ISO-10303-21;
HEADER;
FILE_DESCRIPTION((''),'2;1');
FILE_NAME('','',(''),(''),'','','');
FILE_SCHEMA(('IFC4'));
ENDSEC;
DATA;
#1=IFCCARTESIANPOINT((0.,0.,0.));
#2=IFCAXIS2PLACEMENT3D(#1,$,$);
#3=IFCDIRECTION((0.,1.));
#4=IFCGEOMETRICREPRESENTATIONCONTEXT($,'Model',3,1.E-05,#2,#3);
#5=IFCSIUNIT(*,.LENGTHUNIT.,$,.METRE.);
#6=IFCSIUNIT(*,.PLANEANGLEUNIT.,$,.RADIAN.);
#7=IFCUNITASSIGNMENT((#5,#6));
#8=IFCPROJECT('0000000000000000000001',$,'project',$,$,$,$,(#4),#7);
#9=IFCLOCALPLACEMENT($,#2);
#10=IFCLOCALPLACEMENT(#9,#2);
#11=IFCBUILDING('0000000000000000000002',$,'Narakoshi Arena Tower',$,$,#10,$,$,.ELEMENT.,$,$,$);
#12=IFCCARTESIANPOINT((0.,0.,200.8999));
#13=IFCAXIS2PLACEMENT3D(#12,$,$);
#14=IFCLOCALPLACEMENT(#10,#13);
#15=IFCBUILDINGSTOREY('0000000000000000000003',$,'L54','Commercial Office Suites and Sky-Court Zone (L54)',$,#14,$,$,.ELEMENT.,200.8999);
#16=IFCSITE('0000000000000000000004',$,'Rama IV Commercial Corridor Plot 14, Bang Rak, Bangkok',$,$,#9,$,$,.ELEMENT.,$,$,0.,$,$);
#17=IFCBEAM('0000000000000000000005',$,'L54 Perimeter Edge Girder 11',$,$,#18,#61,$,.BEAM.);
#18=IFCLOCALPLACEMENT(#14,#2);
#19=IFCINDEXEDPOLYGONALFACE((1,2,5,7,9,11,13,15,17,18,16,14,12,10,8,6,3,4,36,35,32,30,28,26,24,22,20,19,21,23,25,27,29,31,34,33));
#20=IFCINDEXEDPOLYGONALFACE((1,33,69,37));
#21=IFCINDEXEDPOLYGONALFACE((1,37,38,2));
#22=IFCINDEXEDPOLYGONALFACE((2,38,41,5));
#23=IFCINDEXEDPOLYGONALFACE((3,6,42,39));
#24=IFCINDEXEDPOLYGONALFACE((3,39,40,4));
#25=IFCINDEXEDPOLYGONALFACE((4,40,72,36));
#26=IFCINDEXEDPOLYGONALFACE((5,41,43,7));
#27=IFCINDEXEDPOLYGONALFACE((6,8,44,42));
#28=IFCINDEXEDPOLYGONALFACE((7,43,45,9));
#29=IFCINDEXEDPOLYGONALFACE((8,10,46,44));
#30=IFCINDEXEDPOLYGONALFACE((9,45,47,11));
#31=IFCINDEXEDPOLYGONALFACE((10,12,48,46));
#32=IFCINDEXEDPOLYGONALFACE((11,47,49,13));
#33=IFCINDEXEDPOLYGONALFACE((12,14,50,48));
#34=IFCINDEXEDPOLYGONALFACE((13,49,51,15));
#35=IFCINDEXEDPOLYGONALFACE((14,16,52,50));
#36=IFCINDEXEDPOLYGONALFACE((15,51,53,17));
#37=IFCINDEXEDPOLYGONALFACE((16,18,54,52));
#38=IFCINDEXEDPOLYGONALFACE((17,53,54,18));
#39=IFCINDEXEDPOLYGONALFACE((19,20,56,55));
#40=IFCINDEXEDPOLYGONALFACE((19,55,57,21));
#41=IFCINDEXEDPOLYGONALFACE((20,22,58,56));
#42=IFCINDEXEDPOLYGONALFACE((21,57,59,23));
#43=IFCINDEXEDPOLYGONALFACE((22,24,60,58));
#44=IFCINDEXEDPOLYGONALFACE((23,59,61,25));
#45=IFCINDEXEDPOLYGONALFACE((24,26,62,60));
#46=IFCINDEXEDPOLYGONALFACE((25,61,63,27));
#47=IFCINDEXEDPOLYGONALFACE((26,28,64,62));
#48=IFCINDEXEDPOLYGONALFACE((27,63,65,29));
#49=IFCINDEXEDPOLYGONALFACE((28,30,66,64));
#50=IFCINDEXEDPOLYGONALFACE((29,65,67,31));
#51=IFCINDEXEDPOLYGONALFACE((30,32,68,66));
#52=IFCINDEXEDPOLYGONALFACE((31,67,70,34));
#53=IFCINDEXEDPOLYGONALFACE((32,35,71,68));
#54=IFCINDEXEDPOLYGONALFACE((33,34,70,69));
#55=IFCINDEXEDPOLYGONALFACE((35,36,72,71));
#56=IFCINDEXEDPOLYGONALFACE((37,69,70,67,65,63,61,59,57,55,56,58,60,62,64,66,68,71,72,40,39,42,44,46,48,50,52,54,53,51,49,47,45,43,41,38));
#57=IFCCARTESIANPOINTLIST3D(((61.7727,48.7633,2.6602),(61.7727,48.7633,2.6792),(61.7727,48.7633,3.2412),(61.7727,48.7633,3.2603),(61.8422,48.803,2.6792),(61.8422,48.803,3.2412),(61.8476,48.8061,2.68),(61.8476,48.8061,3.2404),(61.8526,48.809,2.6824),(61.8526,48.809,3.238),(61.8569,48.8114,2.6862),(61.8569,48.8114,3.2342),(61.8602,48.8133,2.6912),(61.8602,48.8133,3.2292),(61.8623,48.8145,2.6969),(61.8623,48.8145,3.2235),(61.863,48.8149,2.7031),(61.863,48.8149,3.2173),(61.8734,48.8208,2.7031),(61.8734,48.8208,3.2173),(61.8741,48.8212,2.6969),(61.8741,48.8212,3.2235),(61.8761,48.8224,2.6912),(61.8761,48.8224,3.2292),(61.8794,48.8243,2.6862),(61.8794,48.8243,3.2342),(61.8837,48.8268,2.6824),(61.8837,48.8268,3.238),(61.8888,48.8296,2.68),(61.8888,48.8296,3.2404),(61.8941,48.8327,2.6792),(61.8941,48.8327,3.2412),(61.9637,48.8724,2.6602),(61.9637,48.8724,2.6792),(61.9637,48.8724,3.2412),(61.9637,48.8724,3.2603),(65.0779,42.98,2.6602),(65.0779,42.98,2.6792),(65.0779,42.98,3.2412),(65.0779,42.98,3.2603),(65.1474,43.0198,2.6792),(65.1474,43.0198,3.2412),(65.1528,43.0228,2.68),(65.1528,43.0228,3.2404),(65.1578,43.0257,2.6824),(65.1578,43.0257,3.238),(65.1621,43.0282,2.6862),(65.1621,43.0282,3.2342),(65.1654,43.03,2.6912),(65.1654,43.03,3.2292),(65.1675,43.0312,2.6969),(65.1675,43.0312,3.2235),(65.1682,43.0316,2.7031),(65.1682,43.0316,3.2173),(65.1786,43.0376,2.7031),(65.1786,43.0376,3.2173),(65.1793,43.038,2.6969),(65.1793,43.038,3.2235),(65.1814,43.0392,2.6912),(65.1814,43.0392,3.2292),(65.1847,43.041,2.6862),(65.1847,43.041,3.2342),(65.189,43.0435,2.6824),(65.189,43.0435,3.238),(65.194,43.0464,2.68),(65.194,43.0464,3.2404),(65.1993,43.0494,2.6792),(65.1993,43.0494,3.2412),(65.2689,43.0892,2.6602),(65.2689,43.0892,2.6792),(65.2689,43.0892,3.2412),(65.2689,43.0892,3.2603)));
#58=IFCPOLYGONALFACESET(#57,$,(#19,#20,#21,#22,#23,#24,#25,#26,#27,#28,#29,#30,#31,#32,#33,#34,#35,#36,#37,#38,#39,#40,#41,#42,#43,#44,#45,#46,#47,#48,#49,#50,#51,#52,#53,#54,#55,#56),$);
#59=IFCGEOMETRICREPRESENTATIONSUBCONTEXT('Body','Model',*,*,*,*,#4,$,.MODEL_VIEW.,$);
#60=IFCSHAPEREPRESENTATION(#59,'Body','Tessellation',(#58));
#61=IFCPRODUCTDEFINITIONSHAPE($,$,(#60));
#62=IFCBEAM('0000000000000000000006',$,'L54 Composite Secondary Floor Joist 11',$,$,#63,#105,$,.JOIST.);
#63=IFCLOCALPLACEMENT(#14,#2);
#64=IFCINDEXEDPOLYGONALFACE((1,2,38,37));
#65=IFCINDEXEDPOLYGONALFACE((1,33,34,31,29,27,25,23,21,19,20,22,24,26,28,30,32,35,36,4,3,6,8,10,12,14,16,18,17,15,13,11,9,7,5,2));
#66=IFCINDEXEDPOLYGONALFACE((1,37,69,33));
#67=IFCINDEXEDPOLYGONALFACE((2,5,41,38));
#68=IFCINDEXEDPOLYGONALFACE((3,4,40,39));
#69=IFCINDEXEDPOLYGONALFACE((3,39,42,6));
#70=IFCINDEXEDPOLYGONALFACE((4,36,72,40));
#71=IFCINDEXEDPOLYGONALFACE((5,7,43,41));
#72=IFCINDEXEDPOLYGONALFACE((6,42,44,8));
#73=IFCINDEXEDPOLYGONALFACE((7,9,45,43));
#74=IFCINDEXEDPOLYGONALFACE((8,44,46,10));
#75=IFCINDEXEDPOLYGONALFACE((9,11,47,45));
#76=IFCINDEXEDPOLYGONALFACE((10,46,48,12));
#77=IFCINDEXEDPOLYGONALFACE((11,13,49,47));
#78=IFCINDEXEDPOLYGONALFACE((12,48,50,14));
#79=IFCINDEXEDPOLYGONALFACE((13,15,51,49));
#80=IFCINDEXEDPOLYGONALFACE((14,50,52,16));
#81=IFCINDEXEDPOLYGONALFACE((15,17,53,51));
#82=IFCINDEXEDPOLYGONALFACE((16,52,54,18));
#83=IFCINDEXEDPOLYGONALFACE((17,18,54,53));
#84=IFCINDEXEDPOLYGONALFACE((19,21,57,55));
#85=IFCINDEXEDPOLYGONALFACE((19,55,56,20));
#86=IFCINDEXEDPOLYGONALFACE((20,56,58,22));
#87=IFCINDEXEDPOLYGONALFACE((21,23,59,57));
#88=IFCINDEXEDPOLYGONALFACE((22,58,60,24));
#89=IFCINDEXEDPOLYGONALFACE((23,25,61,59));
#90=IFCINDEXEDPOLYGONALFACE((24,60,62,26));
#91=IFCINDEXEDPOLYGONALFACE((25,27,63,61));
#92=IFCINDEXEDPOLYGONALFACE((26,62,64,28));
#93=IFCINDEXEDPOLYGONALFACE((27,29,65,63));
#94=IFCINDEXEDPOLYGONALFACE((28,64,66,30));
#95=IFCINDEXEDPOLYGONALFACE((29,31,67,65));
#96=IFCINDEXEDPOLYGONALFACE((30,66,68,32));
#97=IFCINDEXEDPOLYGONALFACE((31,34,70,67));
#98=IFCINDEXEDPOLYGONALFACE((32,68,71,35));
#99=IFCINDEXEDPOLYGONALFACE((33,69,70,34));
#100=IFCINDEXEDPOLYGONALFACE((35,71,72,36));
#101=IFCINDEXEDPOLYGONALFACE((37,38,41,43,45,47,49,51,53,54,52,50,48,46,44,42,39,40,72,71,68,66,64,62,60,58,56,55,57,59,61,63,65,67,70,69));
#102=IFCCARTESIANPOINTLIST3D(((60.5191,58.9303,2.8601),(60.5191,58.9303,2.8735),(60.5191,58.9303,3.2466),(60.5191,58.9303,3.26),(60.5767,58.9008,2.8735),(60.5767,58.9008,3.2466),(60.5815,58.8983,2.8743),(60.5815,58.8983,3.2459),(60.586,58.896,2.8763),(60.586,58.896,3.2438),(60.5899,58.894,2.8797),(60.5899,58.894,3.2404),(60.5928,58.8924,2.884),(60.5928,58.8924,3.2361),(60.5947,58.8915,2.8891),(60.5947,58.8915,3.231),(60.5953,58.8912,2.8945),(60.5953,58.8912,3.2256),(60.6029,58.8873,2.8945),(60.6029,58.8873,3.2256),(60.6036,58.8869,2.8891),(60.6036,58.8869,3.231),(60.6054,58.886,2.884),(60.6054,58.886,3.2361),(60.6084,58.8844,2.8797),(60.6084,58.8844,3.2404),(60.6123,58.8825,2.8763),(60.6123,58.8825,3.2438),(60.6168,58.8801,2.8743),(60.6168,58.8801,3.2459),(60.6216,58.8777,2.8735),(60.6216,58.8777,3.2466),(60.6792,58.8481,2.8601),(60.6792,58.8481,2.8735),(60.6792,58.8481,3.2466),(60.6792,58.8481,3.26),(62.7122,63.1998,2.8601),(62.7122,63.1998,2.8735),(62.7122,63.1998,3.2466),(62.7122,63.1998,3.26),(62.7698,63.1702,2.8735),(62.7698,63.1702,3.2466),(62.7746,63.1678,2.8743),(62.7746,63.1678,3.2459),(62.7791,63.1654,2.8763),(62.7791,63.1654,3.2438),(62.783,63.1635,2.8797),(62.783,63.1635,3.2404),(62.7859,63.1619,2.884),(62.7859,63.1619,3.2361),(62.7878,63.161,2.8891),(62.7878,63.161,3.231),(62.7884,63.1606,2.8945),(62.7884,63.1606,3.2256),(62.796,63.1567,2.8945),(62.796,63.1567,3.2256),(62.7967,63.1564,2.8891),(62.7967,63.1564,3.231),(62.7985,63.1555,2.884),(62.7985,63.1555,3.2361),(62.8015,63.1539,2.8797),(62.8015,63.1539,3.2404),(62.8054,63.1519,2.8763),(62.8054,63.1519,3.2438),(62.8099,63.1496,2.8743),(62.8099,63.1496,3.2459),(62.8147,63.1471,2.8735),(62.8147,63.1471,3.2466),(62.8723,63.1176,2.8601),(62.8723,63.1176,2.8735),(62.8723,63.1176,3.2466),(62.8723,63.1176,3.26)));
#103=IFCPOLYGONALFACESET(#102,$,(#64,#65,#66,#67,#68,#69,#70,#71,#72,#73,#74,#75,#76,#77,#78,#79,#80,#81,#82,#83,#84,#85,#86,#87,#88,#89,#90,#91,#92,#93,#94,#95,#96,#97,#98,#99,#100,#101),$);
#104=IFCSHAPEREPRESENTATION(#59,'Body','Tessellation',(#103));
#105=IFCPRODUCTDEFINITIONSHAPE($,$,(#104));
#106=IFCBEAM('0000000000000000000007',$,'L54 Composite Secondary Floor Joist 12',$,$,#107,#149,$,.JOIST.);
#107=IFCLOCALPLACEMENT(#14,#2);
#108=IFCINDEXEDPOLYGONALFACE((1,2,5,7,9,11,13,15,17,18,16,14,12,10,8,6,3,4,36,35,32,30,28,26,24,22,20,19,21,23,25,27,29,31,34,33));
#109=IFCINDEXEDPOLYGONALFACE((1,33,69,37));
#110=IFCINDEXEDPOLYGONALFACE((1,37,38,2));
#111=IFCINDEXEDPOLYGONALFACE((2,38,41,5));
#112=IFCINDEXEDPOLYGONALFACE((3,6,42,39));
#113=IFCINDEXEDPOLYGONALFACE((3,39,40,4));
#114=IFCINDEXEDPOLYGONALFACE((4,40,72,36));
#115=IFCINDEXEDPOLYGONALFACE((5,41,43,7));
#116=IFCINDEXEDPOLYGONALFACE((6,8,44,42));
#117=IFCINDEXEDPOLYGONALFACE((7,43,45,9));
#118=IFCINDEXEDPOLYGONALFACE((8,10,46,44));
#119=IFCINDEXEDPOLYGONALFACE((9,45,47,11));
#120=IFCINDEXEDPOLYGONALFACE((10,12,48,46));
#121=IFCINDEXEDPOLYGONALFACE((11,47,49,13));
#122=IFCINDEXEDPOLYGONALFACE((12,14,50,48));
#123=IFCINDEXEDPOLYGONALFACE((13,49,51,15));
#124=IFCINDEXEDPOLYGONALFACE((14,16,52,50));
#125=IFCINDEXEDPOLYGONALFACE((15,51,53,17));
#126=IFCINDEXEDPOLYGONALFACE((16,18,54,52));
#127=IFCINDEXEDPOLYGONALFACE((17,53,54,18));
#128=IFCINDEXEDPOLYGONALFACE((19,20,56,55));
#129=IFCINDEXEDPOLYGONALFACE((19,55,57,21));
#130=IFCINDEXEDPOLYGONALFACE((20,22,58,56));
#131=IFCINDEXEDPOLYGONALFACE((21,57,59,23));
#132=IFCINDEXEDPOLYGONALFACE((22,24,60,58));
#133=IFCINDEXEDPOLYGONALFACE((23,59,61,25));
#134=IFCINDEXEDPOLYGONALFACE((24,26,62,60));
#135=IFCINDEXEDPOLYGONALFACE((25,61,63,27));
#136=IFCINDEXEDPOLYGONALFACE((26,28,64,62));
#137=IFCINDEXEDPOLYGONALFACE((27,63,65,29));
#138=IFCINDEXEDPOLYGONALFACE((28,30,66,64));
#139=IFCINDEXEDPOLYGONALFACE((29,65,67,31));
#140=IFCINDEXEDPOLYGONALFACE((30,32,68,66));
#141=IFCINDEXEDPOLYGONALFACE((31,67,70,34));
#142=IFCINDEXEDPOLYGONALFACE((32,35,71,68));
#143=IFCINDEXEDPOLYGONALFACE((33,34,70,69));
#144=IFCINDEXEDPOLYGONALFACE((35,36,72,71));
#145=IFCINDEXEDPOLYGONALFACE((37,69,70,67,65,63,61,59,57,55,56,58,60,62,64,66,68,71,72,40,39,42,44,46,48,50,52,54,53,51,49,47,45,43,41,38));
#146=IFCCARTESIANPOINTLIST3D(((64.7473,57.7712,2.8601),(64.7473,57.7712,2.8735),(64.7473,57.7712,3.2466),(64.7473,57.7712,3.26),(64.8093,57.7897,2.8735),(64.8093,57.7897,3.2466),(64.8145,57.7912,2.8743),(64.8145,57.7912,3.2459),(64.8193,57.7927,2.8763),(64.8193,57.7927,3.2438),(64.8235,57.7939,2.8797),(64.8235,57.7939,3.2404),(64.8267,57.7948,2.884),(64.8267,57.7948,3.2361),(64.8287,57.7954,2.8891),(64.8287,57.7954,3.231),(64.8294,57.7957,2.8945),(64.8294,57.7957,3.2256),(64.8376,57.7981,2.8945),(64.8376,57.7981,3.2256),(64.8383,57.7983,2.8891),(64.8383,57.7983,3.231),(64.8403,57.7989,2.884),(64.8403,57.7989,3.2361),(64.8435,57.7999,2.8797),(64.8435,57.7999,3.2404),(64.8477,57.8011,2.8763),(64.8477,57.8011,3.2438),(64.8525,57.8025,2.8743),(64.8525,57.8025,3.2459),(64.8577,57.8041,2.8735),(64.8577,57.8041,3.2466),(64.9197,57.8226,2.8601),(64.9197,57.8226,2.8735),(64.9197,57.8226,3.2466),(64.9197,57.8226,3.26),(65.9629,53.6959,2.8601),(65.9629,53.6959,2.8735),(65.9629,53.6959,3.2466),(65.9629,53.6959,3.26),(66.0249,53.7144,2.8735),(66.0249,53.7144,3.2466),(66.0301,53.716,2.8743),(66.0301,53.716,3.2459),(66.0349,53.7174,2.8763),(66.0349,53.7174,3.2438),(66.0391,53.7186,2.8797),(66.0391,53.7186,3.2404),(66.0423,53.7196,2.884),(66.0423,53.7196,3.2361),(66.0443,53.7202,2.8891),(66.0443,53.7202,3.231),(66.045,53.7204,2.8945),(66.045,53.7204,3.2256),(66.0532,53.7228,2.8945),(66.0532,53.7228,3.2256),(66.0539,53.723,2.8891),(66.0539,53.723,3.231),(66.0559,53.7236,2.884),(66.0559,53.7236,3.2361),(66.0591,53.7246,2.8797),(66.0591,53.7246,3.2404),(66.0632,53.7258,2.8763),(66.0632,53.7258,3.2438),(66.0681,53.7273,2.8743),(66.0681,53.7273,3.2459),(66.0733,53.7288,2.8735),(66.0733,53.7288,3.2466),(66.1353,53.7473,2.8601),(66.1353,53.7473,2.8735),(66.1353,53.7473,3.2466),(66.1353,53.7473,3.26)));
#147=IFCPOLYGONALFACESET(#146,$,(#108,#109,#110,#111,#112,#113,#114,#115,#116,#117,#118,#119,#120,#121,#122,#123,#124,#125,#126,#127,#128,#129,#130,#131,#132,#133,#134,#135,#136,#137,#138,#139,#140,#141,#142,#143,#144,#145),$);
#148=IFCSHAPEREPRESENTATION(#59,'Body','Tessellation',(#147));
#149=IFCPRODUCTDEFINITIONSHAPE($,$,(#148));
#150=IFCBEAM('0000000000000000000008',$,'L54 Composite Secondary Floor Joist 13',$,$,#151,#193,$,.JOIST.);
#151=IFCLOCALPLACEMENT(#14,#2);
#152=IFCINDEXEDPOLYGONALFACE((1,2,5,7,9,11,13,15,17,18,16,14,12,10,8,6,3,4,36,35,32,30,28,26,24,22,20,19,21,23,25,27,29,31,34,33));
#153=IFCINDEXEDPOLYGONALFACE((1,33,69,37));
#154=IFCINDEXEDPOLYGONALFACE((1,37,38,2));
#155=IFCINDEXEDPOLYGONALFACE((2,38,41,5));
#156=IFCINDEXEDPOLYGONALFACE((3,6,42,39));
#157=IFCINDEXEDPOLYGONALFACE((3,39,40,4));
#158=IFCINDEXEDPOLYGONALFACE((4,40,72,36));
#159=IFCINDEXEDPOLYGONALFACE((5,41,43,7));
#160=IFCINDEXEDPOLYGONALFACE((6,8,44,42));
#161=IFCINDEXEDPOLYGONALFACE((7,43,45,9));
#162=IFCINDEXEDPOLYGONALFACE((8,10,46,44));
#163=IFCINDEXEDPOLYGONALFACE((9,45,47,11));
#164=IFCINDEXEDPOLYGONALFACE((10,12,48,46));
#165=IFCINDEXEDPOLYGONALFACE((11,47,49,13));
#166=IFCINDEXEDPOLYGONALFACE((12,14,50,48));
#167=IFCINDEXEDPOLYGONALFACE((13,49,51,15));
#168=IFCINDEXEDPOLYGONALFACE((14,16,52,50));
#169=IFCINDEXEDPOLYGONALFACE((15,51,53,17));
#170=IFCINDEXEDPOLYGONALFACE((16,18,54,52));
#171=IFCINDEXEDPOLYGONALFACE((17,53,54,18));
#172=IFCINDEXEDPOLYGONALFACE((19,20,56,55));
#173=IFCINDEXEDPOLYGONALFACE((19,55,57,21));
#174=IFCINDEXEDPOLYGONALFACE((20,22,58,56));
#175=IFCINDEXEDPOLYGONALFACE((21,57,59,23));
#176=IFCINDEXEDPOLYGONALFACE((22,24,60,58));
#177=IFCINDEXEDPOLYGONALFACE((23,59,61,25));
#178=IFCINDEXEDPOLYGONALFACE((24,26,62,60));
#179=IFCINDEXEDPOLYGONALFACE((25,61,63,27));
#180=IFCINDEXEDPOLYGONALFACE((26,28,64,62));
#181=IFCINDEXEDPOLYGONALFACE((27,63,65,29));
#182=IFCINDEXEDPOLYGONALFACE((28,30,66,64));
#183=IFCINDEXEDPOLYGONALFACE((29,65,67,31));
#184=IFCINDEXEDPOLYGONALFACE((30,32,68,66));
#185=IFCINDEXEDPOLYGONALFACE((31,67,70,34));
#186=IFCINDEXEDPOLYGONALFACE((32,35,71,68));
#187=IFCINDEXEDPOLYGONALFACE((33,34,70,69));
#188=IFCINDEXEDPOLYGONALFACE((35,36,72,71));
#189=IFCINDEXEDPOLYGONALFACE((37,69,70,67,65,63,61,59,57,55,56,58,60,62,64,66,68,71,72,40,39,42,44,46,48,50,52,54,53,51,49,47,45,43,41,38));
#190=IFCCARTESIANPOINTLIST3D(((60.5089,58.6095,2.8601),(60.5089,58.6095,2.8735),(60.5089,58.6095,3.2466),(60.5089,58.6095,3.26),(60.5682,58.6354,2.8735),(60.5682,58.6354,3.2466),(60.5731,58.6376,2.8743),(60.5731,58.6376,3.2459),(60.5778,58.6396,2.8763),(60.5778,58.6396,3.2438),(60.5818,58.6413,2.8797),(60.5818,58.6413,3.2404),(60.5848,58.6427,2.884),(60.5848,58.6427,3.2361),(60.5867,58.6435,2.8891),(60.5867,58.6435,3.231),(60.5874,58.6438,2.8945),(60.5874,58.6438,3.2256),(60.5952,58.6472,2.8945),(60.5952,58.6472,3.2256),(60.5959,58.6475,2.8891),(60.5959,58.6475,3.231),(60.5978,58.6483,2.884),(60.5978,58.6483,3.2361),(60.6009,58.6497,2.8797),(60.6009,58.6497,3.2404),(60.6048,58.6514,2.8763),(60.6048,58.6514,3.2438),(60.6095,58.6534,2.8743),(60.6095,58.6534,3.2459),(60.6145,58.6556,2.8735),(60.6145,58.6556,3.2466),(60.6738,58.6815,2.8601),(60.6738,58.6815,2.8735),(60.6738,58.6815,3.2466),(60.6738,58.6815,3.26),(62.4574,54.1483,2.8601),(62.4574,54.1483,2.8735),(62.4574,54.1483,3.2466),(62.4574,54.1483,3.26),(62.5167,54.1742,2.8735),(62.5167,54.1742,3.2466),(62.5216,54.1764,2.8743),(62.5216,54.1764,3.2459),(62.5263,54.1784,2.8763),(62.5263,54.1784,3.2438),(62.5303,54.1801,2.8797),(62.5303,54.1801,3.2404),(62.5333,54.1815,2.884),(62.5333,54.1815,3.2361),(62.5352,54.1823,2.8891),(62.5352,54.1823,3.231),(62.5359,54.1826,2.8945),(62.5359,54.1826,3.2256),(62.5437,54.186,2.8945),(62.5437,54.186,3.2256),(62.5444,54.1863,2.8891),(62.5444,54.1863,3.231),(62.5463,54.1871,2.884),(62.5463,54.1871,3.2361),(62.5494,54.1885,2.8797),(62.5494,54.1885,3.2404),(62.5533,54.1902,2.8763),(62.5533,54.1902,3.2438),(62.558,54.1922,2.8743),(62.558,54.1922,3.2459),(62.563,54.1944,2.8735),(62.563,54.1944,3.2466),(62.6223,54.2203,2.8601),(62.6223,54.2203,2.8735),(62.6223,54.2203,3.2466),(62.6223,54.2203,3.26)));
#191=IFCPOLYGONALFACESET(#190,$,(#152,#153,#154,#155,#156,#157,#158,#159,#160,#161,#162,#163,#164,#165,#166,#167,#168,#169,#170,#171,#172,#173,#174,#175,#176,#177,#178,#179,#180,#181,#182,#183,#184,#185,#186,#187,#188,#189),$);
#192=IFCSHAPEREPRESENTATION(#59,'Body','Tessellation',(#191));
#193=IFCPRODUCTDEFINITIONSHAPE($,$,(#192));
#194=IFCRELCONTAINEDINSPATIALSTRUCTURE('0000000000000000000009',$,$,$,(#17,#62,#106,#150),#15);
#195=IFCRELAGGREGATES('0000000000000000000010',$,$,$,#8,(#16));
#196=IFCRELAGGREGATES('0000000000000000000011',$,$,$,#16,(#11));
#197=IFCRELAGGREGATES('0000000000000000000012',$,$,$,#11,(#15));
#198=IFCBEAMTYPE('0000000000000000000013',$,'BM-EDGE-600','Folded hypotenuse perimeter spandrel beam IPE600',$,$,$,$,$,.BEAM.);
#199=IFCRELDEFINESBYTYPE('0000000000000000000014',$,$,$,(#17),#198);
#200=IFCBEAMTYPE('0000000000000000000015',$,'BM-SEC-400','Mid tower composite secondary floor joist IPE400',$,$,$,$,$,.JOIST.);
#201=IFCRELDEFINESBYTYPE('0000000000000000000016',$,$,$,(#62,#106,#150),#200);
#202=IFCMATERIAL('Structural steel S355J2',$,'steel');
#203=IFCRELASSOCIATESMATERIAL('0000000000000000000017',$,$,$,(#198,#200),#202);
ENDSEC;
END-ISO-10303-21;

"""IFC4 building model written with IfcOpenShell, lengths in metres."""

from ifc_helpers import new_model, si_unit, direction, frame, origin, origin_2d, place, context, subcontext, project, spatial, i_section, extrude, material, material_profile, profile_set, type_object, element, save


model = new_model("IFC4")

# Units and contexts
model_context = context("Model", 3, precision=1e-05, world=origin(), true_north=direction((0.0, 1.0)))
body_context = subcontext(model_context, "Body", "Model", "MODEL_VIEW")
ifc_project = project(units=[si_unit("LENGTHUNIT", "METRE"), si_unit("PLANEANGLEUNIT", "RADIAN")], contexts=[model_context])

# Site, building, storey
site_placement = place(None, origin())
site = spatial("IfcSite", under=ifc_project, at=site_placement, Name="Rama IV Commercial Corridor Plot 14, Bang Rak, Bangkok", CompositionType="ELEMENT", RefElevation=0.0)
building_placement = place(site_placement, origin())
building = spatial("IfcBuilding", under=site, at=building_placement, Name="Narakoshi Arena Tower", CompositionType="ELEMENT")
storey_placement = place(building_placement, frame((0.0, 0.0, 200.8999)))
storey = spatial("IfcBuildingStorey", under=building, at=storey_placement, Name="L54", Description="Commercial Office Suites and Sky-Court Zone (L54)", CompositionType="ELEMENT", Elevation=200.8999)

# Beams
ifc_material_1 = material(Name="Structural steel S355J2", Category="steel")
ifc_material_profile_1 = material_profile(ifc_material_1, i_section(OverallWidth=0.22, OverallDepth=0.6001, WebThickness=0.012, FlangeThickness=0.019, FilletRadius=0.0239, at=origin_2d()), Name="IPE600")
ifc_profile_set_1 = profile_set([ifc_material_profile_1], Name="Structural steel S355J2")
beam_type_1 = type_object("IfcBeamType", Name="BM-EDGE-600", Description="Folded hypotenuse perimeter spandrel beam IPE600", PredefinedType="BEAM", material=ifc_profile_set_1)
for number, where, z_axis, x_axis, name in (
    (1, (61.8682, 48.8179, 2.9602), (0.496194, -0.868212, 0.0), (0.868212, 0.496194, 0.0), "L54 Perimeter Edge Girder 11"),
):
    element("IfcBeam", number, at=place(storey_placement, frame(where, z_axis=z_axis, x_axis=x_axis)), inside=storey, type_object=beam_type_1, Name=name, PredefinedType="BEAM", context=body_context, shape_type="SweptSolid", body=[
        extrude(i_section(OverallWidth=0.22, OverallDepth=0.6001, WebThickness=0.012, FlangeThickness=0.019, FilletRadius=0.0239, at=origin_2d()), origin(), (0.0, 0.0, 1.0), 6.6611),
    ])
ifc_material_profile_2 = material_profile(ifc_material_1, i_section(OverallWidth=0.1799, OverallDepth=0.3999, WebThickness=0.0085, FlangeThickness=0.0134, FilletRadius=0.021, at=origin_2d()), Name="IPE400")
ifc_profile_set_2 = profile_set([ifc_material_profile_2], Name="Structural steel S355J2")
beam_type_2 = type_object("IfcBeamType", Name="BM-SEC-400", Description="Mid tower composite secondary floor joist IPE400", PredefinedType="JOIST", material=ifc_profile_set_2)
beam_1_placement = place(storey_placement, frame((62.7922, 63.1587, 3.0601), z_axis=(-0.456912, -0.889512, 0.0), x_axis=(0.889512, -0.456912, 0.0)))
element("IfcBeam", 2, at=beam_1_placement, inside=storey, type_object=beam_type_2, Name="L54 Composite Secondary Floor Joist 11", PredefinedType="JOIST", context=body_context, shape_type="SweptSolid", body=[
    extrude(i_section(OverallWidth=0.1799, OverallDepth=0.3999, WebThickness=0.0085, FlangeThickness=0.0134, FilletRadius=0.021, at=origin_2d()), origin(), (0.0, 0.0, 1.0), 4.7998),
])
beam_2_placement = place(storey_placement, frame((64.8335, 57.7969, 3.0601), z_axis=(0.285841, -0.958277, 0.0), x_axis=(0.958277, 0.285841, 0.0)))
element("IfcBeam", 3, at=beam_2_placement, inside=storey, type_object=beam_type_2, Name="L54 Composite Secondary Floor Joist 12", PredefinedType="JOIST", context=body_context, shape_type="SweptSolid", body=[
    extrude(i_section(OverallWidth=0.1799, OverallDepth=0.3999, WebThickness=0.0085, FlangeThickness=0.0134, FilletRadius=0.021, at=origin_2d()), origin(), (0.0, 0.0, 1.0), 4.2527),
])
beam_3_placement = place(storey_placement, frame((60.5913, 58.6455, 3.0601), z_axis=(0.400253, -0.916405, 0.0), x_axis=(0.916405, 0.400253, 0.0)))
element("IfcBeam", 4, at=beam_3_placement, inside=storey, type_object=beam_type_2, Name="L54 Composite Secondary Floor Joist 13", PredefinedType="JOIST", context=body_context, shape_type="SweptSolid", body=[
    extrude(i_section(OverallWidth=0.1799, OverallDepth=0.3999, WebThickness=0.0085, FlangeThickness=0.0134, FilletRadius=0.021, at=origin_2d()), origin(), (0.0, 0.0, 1.0), 4.8682),
])

save(model, "model.ifc")
